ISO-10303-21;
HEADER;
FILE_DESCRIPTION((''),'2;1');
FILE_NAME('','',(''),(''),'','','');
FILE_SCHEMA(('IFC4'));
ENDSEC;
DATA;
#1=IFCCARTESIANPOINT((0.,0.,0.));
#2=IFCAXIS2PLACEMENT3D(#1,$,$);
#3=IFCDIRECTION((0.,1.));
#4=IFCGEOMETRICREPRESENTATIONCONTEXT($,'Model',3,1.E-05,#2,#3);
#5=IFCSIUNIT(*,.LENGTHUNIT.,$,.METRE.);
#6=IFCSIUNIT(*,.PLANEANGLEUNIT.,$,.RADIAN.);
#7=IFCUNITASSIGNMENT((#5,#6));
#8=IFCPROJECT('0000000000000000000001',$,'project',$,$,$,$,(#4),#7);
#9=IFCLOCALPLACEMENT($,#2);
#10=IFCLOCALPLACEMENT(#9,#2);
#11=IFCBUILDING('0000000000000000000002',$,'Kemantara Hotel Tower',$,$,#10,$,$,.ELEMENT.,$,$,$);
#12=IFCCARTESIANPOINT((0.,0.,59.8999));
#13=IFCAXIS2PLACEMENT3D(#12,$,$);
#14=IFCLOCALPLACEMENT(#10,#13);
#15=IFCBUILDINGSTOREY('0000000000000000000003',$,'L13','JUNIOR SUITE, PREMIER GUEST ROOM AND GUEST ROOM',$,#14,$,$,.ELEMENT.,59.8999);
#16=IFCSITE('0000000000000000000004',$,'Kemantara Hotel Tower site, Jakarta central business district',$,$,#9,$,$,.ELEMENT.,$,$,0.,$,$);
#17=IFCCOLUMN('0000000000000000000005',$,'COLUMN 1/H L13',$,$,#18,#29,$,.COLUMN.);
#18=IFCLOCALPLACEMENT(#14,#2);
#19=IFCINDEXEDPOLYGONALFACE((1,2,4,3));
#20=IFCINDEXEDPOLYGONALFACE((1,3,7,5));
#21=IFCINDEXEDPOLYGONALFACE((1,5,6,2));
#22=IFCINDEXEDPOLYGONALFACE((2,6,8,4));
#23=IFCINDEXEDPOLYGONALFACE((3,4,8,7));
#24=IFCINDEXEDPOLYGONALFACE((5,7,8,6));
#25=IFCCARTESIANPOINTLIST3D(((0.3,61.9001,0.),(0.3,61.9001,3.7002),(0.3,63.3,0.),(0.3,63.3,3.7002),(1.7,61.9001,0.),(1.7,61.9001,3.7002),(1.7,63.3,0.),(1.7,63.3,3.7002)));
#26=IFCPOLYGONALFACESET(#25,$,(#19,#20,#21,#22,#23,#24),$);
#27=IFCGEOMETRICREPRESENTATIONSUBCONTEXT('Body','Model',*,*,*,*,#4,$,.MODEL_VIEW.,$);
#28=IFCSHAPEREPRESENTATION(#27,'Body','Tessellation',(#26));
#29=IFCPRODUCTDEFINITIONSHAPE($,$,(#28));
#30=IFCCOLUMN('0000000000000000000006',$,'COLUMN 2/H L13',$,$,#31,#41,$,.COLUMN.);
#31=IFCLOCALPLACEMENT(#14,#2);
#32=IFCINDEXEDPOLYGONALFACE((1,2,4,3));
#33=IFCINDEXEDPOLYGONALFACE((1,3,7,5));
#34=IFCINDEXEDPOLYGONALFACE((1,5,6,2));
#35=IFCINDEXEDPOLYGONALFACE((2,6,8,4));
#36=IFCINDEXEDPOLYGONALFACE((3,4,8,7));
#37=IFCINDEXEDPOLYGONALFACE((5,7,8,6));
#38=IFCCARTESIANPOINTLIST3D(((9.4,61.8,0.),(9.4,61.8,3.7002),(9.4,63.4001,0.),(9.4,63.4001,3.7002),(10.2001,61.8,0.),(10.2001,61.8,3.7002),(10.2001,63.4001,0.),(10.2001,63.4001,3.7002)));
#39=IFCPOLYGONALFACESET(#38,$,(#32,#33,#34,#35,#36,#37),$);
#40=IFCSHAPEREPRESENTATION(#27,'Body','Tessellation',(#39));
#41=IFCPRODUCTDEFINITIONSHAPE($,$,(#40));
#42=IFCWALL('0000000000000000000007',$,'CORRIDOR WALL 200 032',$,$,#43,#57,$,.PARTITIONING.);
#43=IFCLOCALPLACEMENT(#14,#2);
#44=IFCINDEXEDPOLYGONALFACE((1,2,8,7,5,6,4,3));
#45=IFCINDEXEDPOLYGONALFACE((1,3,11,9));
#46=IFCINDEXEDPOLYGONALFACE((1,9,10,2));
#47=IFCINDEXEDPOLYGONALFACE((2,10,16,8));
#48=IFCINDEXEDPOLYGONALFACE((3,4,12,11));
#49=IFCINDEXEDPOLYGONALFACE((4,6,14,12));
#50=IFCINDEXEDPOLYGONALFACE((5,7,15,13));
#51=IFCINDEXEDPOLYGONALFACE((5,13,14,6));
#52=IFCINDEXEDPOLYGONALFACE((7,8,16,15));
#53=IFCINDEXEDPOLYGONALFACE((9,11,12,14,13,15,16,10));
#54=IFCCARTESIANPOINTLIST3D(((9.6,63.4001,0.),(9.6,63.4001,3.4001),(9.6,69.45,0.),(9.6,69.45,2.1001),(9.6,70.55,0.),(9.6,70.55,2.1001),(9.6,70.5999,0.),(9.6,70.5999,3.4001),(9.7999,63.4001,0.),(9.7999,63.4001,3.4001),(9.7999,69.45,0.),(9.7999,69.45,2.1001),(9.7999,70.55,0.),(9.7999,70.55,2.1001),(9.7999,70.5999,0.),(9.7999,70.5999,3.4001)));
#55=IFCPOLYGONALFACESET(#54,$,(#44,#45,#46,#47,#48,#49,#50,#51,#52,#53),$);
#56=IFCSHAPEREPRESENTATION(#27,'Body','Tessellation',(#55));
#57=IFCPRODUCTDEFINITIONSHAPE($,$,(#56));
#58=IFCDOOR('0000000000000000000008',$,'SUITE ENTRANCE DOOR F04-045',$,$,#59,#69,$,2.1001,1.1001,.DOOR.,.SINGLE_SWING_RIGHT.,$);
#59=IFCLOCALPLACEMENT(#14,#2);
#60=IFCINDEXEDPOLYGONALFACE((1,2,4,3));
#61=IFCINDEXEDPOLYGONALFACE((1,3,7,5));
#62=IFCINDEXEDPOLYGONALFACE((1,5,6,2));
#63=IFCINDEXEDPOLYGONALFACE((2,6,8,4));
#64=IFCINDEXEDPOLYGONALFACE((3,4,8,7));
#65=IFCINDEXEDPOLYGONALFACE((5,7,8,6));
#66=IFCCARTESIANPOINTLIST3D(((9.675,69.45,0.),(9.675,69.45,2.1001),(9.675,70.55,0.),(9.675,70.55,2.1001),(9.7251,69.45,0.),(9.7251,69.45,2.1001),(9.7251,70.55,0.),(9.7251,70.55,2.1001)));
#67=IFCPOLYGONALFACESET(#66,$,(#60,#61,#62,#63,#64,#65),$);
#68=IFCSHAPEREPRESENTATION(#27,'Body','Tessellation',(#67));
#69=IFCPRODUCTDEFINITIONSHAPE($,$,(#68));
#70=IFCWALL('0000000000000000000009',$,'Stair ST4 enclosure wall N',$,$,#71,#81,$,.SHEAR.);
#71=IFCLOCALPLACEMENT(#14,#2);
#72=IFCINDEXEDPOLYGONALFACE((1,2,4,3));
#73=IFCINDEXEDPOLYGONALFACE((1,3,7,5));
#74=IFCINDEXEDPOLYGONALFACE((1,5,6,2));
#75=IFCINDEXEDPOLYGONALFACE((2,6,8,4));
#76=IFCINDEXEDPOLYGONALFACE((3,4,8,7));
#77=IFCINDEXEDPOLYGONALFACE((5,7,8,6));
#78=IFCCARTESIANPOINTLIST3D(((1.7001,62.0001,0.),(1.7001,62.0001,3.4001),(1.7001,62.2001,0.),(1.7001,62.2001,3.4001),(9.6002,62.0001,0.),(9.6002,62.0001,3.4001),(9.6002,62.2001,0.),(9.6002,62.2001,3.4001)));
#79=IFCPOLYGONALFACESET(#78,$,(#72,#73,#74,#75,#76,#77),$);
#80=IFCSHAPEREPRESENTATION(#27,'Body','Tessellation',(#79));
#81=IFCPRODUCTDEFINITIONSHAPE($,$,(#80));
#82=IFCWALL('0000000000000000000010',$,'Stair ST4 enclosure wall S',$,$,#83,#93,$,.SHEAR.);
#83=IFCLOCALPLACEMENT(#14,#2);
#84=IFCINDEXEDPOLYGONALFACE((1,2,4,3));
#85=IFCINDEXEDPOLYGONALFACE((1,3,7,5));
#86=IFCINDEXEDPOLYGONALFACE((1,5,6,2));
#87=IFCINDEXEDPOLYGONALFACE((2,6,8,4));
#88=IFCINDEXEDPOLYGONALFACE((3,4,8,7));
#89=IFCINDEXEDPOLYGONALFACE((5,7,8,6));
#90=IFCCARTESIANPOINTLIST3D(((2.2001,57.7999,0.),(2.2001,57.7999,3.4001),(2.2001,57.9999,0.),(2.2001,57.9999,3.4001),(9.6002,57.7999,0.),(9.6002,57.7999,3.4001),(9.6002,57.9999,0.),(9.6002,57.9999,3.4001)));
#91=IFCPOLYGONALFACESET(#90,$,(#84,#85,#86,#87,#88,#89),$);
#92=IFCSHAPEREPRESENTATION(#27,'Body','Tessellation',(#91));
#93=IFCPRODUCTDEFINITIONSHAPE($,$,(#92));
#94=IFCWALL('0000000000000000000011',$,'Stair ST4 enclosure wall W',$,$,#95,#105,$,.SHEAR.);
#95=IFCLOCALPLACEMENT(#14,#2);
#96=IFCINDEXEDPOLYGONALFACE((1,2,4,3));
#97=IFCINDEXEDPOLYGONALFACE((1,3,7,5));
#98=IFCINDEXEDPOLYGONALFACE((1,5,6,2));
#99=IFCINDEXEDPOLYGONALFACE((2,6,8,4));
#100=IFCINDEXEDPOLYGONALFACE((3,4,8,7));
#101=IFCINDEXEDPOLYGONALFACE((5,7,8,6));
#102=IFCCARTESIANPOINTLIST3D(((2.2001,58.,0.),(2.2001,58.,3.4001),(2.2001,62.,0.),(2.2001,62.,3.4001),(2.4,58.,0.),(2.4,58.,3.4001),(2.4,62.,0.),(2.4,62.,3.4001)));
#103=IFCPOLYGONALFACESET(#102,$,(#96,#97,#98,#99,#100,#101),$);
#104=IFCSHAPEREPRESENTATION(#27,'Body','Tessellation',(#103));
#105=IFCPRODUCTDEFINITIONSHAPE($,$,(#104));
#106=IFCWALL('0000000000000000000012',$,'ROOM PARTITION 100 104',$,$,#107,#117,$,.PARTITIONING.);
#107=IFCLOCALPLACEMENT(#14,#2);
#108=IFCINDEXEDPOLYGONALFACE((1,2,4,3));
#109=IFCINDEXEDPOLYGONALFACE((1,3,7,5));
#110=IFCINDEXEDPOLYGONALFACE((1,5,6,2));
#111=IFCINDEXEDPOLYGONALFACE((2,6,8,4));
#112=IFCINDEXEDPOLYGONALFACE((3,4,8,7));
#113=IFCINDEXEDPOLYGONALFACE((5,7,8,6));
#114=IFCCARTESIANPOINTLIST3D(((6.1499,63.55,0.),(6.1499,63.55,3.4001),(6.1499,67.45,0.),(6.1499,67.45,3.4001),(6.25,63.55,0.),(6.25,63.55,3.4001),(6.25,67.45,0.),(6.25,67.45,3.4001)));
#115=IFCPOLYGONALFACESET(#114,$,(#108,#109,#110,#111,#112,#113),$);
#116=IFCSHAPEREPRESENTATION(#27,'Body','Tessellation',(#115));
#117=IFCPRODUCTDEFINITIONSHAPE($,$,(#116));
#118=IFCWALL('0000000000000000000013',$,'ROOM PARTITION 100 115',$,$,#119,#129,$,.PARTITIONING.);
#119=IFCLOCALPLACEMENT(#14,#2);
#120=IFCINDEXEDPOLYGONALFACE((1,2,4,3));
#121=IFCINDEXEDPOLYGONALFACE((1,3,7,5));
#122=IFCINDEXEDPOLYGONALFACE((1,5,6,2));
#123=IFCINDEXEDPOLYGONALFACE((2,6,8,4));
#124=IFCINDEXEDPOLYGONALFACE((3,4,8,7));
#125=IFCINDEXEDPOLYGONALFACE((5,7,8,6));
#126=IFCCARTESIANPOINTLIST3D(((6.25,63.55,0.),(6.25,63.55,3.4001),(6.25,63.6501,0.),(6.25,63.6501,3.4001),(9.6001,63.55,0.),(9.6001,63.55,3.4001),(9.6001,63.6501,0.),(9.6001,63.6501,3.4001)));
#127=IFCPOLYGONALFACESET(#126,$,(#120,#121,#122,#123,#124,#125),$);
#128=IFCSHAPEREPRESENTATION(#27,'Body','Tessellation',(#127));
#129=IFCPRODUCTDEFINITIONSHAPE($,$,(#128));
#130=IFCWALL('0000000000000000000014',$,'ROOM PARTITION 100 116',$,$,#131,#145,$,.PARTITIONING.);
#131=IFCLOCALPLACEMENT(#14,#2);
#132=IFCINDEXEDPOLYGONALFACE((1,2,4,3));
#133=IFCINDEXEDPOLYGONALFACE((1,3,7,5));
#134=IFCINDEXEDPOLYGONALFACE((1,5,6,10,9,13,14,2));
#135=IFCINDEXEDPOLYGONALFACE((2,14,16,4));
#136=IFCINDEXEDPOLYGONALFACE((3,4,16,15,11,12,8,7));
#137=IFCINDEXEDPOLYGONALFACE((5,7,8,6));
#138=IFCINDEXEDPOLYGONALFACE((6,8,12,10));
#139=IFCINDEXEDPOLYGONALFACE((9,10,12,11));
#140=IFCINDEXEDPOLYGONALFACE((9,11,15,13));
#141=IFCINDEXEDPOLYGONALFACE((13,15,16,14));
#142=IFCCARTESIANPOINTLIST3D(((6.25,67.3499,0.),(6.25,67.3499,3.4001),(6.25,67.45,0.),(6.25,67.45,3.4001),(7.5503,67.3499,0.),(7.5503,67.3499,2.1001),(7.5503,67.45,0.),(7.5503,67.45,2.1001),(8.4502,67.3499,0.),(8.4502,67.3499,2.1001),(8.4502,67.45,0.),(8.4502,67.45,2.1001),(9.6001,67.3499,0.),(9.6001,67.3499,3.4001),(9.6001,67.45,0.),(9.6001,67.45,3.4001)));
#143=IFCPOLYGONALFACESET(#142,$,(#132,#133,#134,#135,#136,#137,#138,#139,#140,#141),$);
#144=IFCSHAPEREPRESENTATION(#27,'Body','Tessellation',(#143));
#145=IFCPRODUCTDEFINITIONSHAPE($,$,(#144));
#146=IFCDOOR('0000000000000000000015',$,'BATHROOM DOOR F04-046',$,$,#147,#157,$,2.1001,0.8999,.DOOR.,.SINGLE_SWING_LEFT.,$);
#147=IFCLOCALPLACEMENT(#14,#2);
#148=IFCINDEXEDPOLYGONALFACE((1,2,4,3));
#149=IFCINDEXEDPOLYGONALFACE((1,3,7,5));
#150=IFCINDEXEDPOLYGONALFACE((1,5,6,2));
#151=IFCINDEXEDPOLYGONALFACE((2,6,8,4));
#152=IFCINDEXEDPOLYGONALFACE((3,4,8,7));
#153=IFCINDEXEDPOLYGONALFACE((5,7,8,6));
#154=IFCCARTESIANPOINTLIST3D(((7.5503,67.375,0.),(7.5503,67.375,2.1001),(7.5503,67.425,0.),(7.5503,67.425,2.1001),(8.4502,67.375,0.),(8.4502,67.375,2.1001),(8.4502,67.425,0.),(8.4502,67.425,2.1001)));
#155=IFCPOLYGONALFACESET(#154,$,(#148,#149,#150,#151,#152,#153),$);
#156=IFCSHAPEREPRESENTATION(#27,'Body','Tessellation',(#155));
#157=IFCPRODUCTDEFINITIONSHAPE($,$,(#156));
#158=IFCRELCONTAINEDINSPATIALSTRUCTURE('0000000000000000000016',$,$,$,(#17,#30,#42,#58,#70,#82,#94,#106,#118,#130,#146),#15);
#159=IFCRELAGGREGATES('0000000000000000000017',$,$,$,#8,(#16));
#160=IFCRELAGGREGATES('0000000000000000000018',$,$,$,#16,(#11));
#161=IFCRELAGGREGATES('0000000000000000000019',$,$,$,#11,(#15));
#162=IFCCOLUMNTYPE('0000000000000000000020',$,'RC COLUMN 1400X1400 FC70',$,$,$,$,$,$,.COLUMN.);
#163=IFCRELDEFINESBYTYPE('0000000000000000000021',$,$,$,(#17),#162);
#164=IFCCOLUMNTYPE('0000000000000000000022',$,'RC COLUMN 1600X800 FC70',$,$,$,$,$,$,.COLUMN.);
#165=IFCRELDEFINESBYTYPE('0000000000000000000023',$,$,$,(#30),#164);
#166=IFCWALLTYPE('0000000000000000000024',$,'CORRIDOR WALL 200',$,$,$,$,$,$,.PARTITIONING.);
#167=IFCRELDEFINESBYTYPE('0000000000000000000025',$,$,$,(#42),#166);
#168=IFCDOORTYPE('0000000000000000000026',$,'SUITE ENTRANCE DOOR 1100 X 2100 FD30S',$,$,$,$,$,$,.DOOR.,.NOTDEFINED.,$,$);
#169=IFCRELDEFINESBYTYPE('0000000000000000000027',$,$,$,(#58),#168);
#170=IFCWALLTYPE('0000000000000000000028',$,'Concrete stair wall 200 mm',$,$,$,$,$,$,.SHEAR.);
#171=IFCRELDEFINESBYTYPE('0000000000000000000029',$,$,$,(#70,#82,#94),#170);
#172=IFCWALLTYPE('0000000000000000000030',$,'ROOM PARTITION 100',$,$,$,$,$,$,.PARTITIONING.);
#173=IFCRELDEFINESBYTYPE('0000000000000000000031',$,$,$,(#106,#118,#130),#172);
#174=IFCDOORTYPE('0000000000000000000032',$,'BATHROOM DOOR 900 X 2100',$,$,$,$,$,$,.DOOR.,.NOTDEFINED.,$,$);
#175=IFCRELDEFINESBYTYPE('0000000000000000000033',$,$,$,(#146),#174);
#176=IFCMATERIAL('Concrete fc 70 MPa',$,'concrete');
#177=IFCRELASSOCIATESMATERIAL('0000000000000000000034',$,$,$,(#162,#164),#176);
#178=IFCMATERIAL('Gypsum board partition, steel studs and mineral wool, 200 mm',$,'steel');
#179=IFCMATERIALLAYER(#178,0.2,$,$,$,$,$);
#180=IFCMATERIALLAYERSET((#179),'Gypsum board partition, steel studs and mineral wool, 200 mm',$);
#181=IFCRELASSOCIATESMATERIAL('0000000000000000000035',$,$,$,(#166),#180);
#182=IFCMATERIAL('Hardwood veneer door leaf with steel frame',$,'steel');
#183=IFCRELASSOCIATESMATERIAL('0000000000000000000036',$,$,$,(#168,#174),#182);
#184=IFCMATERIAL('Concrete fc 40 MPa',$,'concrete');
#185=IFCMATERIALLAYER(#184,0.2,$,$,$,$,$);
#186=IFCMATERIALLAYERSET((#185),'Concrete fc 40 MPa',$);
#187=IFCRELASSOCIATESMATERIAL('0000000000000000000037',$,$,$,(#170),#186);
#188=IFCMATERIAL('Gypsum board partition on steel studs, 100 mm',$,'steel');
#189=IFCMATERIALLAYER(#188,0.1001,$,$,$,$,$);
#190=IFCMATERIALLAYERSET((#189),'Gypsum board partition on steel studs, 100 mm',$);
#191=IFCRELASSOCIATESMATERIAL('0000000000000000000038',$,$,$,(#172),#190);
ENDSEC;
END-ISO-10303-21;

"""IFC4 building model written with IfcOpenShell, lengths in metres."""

from ifc_helpers import new_model, si_unit, direction, frame, frame_2d, origin, origin_2d, place, context, subcontext, project, spatial, rectangle, extrude, material, layer, layer_set, material_profile, profile_set, type_object, element, fill, save


model = new_model("IFC4")

# Units and contexts
model_context = context("Model", 3, precision=1e-05, world=origin(), true_north=direction((0.0, 1.0)))
body_context = subcontext(model_context, "Body", "Model", "MODEL_VIEW")
ifc_project = project(units=[si_unit("LENGTHUNIT", "METRE"), si_unit("PLANEANGLEUNIT", "RADIAN")], contexts=[model_context])

# Site, building, storey
site_placement = place(None, origin())
site = spatial("IfcSite", under=ifc_project, at=site_placement, Name="Kemantara Hotel Tower site, Jakarta central business district", CompositionType="ELEMENT", RefElevation=0.0)
building_placement = place(site_placement, origin())
building = spatial("IfcBuilding", under=site, at=building_placement, Name="Kemantara Hotel Tower", CompositionType="ELEMENT")
storey_placement = place(building_placement, frame((0.0, 0.0, 59.8999)))
storey = spatial("IfcBuildingStorey", under=building, at=storey_placement, Name="L13", Description="JUNIOR SUITE, PREMIER GUEST ROOM AND GUEST ROOM", CompositionType="ELEMENT", Elevation=59.8999)

# Columns
ifc_material_1 = material(Name="Concrete fc 70 MPa", Category="concrete")
ifc_material_profile_1 = material_profile(ifc_material_1, rectangle(XDim=1.3999, YDim=1.3999, at=origin_2d()), Name="RC 1400X1400")
ifc_profile_set_1 = profile_set([ifc_material_profile_1], Name="Concrete fc 70 MPa")
column_type_1 = type_object("IfcColumnType", Name="RC COLUMN 1400X1400 FC70", PredefinedType="COLUMN", material=ifc_profile_set_1)
column_1_placement = place(storey_placement, frame((1.0, 62.6001, 0.0), z_axis=(0.0, 0.0, 1.0), x_axis=(1.0, 0.0, 0.0)))
element("IfcColumn", 1, at=column_1_placement, inside=storey, type_object=column_type_1, Name="COLUMN 1/H L13", PredefinedType="COLUMN", context=body_context, shape_type="SweptSolid", body=[
    extrude(rectangle(XDim=1.3999, YDim=1.3999, at=origin_2d()), origin(), (0.0, 0.0, 1.0), 3.7002),
])
ifc_material_profile_2 = material_profile(ifc_material_1, rectangle(XDim=1.6001, YDim=0.8, at=origin_2d()), Name="RC 1600X800")
ifc_profile_set_2 = profile_set([ifc_material_profile_2], Name="Concrete fc 70 MPa")
column_type_2 = type_object("IfcColumnType", Name="RC COLUMN 1600X800 FC70", PredefinedType="COLUMN", material=ifc_profile_set_2)
column_2_placement = place(storey_placement, frame((9.8, 62.6001, 0.0), z_axis=(0.0, 0.0, 1.0), x_axis=(0.0, 1.0, 0.0)))
element("IfcColumn", 2, at=column_2_placement, inside=storey, type_object=column_type_2, Name="COLUMN 2/H L13", PredefinedType="COLUMN", context=body_context, shape_type="SweptSolid", body=[
    extrude(rectangle(XDim=1.6001, YDim=0.8, at=origin_2d()), origin(), (0.0, 0.0, 1.0), 3.7002),
])

# Wall, opening, door
ifc_material_2 = material(Name="Gypsum board partition, steel studs and mineral wool, 200 mm", Category="steel")
ifc_layer_1 = layer(ifc_material_2, 0.2)
ifc_layer_set_1 = layer_set([ifc_layer_1], Name="Gypsum board partition, steel studs and mineral wool, 200 mm")
wall_type_1 = type_object("IfcWallType", Name="CORRIDOR WALL 200", PredefinedType="PARTITIONING", material=ifc_layer_set_1)
wall_1_placement = place(storey_placement, frame((9.7, 63.4001, 0.0), z_axis=(0.0, 0.0, 1.0), x_axis=(0.0, 1.0, 0.0)))
wall_1 = element("IfcWall", 3, at=wall_1_placement, inside=storey, type_object=wall_type_1, Name="CORRIDOR WALL 200 032", PredefinedType="PARTITIONING", context=body_context, shape_type="SweptSolid", body=[
    extrude(rectangle(XDim=7.1997, YDim=0.2, at=frame_2d((3.5999, 0.0))), origin(), (0.0, 0.0, 1.0), 3.4001),
])
opening_1_placement = place(wall_1_placement, frame((6.0498, 0.0, 0.0)))
opening_1 = element("IfcOpeningElement", 4, at=opening_1_placement, cuts=wall_1, PredefinedType="OPENING", context=body_context, shape_type="SweptSolid", body=[
    extrude(rectangle(XDim=1.1001, YDim=2.1001, at=frame_2d((0.55, 1.05))), frame((0.0, 0.1099, 0.0), z_axis=(0.0, -1.0, 0.0), x_axis=(1.0, 0.0, 0.0)), (0.0, 0.0, 1.0), 0.22),
])
ifc_material_3 = material(Name="Hardwood veneer door leaf with steel frame", Category="steel")
door_type_1 = type_object("IfcDoorType", Name="SUITE ENTRANCE DOOR 1100 X 2100 FD30S", OperationType="NOTDEFINED", PredefinedType="DOOR", material=ifc_material_3)
door_1_placement = place(opening_1_placement, origin())
door_1 = element("IfcDoor", 5, at=door_1_placement, inside=storey, type_object=door_type_1, Name="SUITE ENTRANCE DOOR F04-045", OperationType="SINGLE_SWING_RIGHT", OverallHeight=2.1001, OverallWidth=1.1001, PredefinedType="DOOR", context=body_context, shape_type="SweptSolid", body=[
    extrude(rectangle(XDim=1.1001, YDim=2.1001, at=frame_2d((0.55, 1.05))), frame((0.0, 0.0249, 0.0), z_axis=(0.0, -1.0, 0.0), x_axis=(1.0, 0.0, 0.0)), (0.0, 0.0, 1.0), 0.05),
])
fill(opening_1, door_1)

# Walls
ifc_material_4 = material(Name="Concrete fc 40 MPa", Category="concrete")
ifc_layer_2 = layer(ifc_material_4, 0.2)
ifc_layer_set_2 = layer_set([ifc_layer_2], Name="Concrete fc 40 MPa")
wall_type_2 = type_object("IfcWallType", Name="Concrete stair wall 200 mm", PredefinedType="SHEAR", material=ifc_layer_set_2)
wall_2_placement = place(storey_placement, frame((1.7, 62.1001, 0.0), z_axis=(0.0, 0.0, 1.0), x_axis=(1.0, 0.0, 0.0)))
element("IfcWall", 6, at=wall_2_placement, inside=storey, type_object=wall_type_2, Name="Stair ST4 enclosure wall N", PredefinedType="SHEAR", context=body_context, shape_type="SweptSolid", body=[
    extrude(rectangle(XDim=7.9001, YDim=0.2, at=frame_2d((3.9502, 0.0))), origin(), (0.0, 0.0, 1.0), 3.4001),
])
wall_3_placement = place(storey_placement, frame((2.2, 57.8999, 0.0), z_axis=(0.0, 0.0, 1.0), x_axis=(1.0, 0.0, 0.0)))
element("IfcWall", 7, at=wall_3_placement, inside=storey, type_object=wall_type_2, Name="Stair ST4 enclosure wall S", PredefinedType="SHEAR", context=body_context, shape_type="SweptSolid", body=[
    extrude(rectangle(XDim=7.4001, YDim=0.2, at=frame_2d((3.7002, 0.0))), origin(), (0.0, 0.0, 1.0), 3.4001),
])
wall_4_placement = place(storey_placement, frame((2.3, 58.0, 0.0), z_axis=(0.0, 0.0, 1.0), x_axis=(0.0, 1.0, 0.0)))
element("IfcWall", 8, at=wall_4_placement, inside=storey, type_object=wall_type_2, Name="Stair ST4 enclosure wall W", PredefinedType="SHEAR", context=body_context, shape_type="SweptSolid", body=[
    extrude(rectangle(XDim=4.0, YDim=0.2, at=frame_2d((2.0, 0.0))), origin(), (0.0, 0.0, 1.0), 3.4001),
])
ifc_material_5 = material(Name="Gypsum board partition on steel studs, 100 mm", Category="steel")
ifc_layer_3 = layer(ifc_material_5, 0.1001)
ifc_layer_set_3 = layer_set([ifc_layer_3], Name="Gypsum board partition on steel studs, 100 mm")
wall_type_3 = type_object("IfcWallType", Name="ROOM PARTITION 100", PredefinedType="PARTITIONING", material=ifc_layer_set_3)
wall_5_placement = place(storey_placement, frame((6.2, 63.55, 0.0), z_axis=(0.0, 0.0, 1.0), x_axis=(0.0, 1.0, 0.0)))
element("IfcWall", 9, at=wall_5_placement, inside=storey, type_object=wall_type_3, Name="ROOM PARTITION 100 104", PredefinedType="PARTITIONING", context=body_context, shape_type="SweptSolid", body=[
    extrude(rectangle(XDim=3.8999, YDim=0.1001, at=frame_2d((1.95, 0.0))), origin(), (0.0, 0.0, 1.0), 3.4001),
])
wall_6_placement = place(storey_placement, frame((6.25, 63.6001, 0.0), z_axis=(0.0, 0.0, 1.0), x_axis=(1.0, 0.0, 0.0)))
element("IfcWall", 10, at=wall_6_placement, inside=storey, type_object=wall_type_3, Name="ROOM PARTITION 100 115", PredefinedType="PARTITIONING", context=body_context, shape_type="SweptSolid", body=[
    extrude(rectangle(XDim=3.3501, YDim=0.1001, at=frame_2d((1.675, 0.0))), origin(), (0.0, 0.0, 1.0), 3.4001),
])

# Wall, opening, door
wall_7_placement = place(storey_placement, frame((9.6001, 67.3999, 0.0), z_axis=(0.0, 0.0, 1.0), x_axis=(-1.0, 0.0, 0.0)))
wall_7 = element("IfcWall", 11, at=wall_7_placement, inside=storey, type_object=wall_type_3, Name="ROOM PARTITION 100 116", PredefinedType="PARTITIONING", context=body_context, shape_type="SweptSolid", body=[
    extrude(rectangle(XDim=3.3501, YDim=0.1001, at=frame_2d((1.675, 0.0))), origin(), (0.0, 0.0, 1.0), 3.4001),
])
opening_2_placement = place(wall_7_placement, frame((1.1499, 0.0, 0.0)))
opening_2 = element("IfcOpeningElement", 12, at=opening_2_placement, cuts=wall_7, PredefinedType="OPENING", context=body_context, shape_type="SweptSolid", body=[
    extrude(rectangle(XDim=0.8999, YDim=2.1001, at=frame_2d((0.45, 1.05))), frame((0.0, 0.0601, 0.0), z_axis=(0.0, -1.0, 0.0), x_axis=(1.0, 0.0, 0.0)), (0.0, 0.0, 1.0), 0.1201),
])
door_type_2 = type_object("IfcDoorType", Name="BATHROOM DOOR 900 X 2100", OperationType="NOTDEFINED", PredefinedType="DOOR", material=ifc_material_3)
door_2_placement = place(opening_2_placement, origin())
door_2 = element("IfcDoor", 13, at=door_2_placement, inside=storey, type_object=door_type_2, Name="BATHROOM DOOR F04-046", OperationType="SINGLE_SWING_LEFT", OverallHeight=2.1001, OverallWidth=0.8999, PredefinedType="DOOR", context=body_context, shape_type="SweptSolid", body=[
    extrude(rectangle(XDim=0.8999, YDim=2.1001, at=frame_2d((0.45, 1.05))), frame((0.0, 0.0249, 0.0), z_axis=(0.0, -1.0, 0.0), x_axis=(1.0, 0.0, 0.0)), (0.0, 0.0, 1.0), 0.05),
])
fill(opening_2, door_2)

save(model, "model.ifc")
